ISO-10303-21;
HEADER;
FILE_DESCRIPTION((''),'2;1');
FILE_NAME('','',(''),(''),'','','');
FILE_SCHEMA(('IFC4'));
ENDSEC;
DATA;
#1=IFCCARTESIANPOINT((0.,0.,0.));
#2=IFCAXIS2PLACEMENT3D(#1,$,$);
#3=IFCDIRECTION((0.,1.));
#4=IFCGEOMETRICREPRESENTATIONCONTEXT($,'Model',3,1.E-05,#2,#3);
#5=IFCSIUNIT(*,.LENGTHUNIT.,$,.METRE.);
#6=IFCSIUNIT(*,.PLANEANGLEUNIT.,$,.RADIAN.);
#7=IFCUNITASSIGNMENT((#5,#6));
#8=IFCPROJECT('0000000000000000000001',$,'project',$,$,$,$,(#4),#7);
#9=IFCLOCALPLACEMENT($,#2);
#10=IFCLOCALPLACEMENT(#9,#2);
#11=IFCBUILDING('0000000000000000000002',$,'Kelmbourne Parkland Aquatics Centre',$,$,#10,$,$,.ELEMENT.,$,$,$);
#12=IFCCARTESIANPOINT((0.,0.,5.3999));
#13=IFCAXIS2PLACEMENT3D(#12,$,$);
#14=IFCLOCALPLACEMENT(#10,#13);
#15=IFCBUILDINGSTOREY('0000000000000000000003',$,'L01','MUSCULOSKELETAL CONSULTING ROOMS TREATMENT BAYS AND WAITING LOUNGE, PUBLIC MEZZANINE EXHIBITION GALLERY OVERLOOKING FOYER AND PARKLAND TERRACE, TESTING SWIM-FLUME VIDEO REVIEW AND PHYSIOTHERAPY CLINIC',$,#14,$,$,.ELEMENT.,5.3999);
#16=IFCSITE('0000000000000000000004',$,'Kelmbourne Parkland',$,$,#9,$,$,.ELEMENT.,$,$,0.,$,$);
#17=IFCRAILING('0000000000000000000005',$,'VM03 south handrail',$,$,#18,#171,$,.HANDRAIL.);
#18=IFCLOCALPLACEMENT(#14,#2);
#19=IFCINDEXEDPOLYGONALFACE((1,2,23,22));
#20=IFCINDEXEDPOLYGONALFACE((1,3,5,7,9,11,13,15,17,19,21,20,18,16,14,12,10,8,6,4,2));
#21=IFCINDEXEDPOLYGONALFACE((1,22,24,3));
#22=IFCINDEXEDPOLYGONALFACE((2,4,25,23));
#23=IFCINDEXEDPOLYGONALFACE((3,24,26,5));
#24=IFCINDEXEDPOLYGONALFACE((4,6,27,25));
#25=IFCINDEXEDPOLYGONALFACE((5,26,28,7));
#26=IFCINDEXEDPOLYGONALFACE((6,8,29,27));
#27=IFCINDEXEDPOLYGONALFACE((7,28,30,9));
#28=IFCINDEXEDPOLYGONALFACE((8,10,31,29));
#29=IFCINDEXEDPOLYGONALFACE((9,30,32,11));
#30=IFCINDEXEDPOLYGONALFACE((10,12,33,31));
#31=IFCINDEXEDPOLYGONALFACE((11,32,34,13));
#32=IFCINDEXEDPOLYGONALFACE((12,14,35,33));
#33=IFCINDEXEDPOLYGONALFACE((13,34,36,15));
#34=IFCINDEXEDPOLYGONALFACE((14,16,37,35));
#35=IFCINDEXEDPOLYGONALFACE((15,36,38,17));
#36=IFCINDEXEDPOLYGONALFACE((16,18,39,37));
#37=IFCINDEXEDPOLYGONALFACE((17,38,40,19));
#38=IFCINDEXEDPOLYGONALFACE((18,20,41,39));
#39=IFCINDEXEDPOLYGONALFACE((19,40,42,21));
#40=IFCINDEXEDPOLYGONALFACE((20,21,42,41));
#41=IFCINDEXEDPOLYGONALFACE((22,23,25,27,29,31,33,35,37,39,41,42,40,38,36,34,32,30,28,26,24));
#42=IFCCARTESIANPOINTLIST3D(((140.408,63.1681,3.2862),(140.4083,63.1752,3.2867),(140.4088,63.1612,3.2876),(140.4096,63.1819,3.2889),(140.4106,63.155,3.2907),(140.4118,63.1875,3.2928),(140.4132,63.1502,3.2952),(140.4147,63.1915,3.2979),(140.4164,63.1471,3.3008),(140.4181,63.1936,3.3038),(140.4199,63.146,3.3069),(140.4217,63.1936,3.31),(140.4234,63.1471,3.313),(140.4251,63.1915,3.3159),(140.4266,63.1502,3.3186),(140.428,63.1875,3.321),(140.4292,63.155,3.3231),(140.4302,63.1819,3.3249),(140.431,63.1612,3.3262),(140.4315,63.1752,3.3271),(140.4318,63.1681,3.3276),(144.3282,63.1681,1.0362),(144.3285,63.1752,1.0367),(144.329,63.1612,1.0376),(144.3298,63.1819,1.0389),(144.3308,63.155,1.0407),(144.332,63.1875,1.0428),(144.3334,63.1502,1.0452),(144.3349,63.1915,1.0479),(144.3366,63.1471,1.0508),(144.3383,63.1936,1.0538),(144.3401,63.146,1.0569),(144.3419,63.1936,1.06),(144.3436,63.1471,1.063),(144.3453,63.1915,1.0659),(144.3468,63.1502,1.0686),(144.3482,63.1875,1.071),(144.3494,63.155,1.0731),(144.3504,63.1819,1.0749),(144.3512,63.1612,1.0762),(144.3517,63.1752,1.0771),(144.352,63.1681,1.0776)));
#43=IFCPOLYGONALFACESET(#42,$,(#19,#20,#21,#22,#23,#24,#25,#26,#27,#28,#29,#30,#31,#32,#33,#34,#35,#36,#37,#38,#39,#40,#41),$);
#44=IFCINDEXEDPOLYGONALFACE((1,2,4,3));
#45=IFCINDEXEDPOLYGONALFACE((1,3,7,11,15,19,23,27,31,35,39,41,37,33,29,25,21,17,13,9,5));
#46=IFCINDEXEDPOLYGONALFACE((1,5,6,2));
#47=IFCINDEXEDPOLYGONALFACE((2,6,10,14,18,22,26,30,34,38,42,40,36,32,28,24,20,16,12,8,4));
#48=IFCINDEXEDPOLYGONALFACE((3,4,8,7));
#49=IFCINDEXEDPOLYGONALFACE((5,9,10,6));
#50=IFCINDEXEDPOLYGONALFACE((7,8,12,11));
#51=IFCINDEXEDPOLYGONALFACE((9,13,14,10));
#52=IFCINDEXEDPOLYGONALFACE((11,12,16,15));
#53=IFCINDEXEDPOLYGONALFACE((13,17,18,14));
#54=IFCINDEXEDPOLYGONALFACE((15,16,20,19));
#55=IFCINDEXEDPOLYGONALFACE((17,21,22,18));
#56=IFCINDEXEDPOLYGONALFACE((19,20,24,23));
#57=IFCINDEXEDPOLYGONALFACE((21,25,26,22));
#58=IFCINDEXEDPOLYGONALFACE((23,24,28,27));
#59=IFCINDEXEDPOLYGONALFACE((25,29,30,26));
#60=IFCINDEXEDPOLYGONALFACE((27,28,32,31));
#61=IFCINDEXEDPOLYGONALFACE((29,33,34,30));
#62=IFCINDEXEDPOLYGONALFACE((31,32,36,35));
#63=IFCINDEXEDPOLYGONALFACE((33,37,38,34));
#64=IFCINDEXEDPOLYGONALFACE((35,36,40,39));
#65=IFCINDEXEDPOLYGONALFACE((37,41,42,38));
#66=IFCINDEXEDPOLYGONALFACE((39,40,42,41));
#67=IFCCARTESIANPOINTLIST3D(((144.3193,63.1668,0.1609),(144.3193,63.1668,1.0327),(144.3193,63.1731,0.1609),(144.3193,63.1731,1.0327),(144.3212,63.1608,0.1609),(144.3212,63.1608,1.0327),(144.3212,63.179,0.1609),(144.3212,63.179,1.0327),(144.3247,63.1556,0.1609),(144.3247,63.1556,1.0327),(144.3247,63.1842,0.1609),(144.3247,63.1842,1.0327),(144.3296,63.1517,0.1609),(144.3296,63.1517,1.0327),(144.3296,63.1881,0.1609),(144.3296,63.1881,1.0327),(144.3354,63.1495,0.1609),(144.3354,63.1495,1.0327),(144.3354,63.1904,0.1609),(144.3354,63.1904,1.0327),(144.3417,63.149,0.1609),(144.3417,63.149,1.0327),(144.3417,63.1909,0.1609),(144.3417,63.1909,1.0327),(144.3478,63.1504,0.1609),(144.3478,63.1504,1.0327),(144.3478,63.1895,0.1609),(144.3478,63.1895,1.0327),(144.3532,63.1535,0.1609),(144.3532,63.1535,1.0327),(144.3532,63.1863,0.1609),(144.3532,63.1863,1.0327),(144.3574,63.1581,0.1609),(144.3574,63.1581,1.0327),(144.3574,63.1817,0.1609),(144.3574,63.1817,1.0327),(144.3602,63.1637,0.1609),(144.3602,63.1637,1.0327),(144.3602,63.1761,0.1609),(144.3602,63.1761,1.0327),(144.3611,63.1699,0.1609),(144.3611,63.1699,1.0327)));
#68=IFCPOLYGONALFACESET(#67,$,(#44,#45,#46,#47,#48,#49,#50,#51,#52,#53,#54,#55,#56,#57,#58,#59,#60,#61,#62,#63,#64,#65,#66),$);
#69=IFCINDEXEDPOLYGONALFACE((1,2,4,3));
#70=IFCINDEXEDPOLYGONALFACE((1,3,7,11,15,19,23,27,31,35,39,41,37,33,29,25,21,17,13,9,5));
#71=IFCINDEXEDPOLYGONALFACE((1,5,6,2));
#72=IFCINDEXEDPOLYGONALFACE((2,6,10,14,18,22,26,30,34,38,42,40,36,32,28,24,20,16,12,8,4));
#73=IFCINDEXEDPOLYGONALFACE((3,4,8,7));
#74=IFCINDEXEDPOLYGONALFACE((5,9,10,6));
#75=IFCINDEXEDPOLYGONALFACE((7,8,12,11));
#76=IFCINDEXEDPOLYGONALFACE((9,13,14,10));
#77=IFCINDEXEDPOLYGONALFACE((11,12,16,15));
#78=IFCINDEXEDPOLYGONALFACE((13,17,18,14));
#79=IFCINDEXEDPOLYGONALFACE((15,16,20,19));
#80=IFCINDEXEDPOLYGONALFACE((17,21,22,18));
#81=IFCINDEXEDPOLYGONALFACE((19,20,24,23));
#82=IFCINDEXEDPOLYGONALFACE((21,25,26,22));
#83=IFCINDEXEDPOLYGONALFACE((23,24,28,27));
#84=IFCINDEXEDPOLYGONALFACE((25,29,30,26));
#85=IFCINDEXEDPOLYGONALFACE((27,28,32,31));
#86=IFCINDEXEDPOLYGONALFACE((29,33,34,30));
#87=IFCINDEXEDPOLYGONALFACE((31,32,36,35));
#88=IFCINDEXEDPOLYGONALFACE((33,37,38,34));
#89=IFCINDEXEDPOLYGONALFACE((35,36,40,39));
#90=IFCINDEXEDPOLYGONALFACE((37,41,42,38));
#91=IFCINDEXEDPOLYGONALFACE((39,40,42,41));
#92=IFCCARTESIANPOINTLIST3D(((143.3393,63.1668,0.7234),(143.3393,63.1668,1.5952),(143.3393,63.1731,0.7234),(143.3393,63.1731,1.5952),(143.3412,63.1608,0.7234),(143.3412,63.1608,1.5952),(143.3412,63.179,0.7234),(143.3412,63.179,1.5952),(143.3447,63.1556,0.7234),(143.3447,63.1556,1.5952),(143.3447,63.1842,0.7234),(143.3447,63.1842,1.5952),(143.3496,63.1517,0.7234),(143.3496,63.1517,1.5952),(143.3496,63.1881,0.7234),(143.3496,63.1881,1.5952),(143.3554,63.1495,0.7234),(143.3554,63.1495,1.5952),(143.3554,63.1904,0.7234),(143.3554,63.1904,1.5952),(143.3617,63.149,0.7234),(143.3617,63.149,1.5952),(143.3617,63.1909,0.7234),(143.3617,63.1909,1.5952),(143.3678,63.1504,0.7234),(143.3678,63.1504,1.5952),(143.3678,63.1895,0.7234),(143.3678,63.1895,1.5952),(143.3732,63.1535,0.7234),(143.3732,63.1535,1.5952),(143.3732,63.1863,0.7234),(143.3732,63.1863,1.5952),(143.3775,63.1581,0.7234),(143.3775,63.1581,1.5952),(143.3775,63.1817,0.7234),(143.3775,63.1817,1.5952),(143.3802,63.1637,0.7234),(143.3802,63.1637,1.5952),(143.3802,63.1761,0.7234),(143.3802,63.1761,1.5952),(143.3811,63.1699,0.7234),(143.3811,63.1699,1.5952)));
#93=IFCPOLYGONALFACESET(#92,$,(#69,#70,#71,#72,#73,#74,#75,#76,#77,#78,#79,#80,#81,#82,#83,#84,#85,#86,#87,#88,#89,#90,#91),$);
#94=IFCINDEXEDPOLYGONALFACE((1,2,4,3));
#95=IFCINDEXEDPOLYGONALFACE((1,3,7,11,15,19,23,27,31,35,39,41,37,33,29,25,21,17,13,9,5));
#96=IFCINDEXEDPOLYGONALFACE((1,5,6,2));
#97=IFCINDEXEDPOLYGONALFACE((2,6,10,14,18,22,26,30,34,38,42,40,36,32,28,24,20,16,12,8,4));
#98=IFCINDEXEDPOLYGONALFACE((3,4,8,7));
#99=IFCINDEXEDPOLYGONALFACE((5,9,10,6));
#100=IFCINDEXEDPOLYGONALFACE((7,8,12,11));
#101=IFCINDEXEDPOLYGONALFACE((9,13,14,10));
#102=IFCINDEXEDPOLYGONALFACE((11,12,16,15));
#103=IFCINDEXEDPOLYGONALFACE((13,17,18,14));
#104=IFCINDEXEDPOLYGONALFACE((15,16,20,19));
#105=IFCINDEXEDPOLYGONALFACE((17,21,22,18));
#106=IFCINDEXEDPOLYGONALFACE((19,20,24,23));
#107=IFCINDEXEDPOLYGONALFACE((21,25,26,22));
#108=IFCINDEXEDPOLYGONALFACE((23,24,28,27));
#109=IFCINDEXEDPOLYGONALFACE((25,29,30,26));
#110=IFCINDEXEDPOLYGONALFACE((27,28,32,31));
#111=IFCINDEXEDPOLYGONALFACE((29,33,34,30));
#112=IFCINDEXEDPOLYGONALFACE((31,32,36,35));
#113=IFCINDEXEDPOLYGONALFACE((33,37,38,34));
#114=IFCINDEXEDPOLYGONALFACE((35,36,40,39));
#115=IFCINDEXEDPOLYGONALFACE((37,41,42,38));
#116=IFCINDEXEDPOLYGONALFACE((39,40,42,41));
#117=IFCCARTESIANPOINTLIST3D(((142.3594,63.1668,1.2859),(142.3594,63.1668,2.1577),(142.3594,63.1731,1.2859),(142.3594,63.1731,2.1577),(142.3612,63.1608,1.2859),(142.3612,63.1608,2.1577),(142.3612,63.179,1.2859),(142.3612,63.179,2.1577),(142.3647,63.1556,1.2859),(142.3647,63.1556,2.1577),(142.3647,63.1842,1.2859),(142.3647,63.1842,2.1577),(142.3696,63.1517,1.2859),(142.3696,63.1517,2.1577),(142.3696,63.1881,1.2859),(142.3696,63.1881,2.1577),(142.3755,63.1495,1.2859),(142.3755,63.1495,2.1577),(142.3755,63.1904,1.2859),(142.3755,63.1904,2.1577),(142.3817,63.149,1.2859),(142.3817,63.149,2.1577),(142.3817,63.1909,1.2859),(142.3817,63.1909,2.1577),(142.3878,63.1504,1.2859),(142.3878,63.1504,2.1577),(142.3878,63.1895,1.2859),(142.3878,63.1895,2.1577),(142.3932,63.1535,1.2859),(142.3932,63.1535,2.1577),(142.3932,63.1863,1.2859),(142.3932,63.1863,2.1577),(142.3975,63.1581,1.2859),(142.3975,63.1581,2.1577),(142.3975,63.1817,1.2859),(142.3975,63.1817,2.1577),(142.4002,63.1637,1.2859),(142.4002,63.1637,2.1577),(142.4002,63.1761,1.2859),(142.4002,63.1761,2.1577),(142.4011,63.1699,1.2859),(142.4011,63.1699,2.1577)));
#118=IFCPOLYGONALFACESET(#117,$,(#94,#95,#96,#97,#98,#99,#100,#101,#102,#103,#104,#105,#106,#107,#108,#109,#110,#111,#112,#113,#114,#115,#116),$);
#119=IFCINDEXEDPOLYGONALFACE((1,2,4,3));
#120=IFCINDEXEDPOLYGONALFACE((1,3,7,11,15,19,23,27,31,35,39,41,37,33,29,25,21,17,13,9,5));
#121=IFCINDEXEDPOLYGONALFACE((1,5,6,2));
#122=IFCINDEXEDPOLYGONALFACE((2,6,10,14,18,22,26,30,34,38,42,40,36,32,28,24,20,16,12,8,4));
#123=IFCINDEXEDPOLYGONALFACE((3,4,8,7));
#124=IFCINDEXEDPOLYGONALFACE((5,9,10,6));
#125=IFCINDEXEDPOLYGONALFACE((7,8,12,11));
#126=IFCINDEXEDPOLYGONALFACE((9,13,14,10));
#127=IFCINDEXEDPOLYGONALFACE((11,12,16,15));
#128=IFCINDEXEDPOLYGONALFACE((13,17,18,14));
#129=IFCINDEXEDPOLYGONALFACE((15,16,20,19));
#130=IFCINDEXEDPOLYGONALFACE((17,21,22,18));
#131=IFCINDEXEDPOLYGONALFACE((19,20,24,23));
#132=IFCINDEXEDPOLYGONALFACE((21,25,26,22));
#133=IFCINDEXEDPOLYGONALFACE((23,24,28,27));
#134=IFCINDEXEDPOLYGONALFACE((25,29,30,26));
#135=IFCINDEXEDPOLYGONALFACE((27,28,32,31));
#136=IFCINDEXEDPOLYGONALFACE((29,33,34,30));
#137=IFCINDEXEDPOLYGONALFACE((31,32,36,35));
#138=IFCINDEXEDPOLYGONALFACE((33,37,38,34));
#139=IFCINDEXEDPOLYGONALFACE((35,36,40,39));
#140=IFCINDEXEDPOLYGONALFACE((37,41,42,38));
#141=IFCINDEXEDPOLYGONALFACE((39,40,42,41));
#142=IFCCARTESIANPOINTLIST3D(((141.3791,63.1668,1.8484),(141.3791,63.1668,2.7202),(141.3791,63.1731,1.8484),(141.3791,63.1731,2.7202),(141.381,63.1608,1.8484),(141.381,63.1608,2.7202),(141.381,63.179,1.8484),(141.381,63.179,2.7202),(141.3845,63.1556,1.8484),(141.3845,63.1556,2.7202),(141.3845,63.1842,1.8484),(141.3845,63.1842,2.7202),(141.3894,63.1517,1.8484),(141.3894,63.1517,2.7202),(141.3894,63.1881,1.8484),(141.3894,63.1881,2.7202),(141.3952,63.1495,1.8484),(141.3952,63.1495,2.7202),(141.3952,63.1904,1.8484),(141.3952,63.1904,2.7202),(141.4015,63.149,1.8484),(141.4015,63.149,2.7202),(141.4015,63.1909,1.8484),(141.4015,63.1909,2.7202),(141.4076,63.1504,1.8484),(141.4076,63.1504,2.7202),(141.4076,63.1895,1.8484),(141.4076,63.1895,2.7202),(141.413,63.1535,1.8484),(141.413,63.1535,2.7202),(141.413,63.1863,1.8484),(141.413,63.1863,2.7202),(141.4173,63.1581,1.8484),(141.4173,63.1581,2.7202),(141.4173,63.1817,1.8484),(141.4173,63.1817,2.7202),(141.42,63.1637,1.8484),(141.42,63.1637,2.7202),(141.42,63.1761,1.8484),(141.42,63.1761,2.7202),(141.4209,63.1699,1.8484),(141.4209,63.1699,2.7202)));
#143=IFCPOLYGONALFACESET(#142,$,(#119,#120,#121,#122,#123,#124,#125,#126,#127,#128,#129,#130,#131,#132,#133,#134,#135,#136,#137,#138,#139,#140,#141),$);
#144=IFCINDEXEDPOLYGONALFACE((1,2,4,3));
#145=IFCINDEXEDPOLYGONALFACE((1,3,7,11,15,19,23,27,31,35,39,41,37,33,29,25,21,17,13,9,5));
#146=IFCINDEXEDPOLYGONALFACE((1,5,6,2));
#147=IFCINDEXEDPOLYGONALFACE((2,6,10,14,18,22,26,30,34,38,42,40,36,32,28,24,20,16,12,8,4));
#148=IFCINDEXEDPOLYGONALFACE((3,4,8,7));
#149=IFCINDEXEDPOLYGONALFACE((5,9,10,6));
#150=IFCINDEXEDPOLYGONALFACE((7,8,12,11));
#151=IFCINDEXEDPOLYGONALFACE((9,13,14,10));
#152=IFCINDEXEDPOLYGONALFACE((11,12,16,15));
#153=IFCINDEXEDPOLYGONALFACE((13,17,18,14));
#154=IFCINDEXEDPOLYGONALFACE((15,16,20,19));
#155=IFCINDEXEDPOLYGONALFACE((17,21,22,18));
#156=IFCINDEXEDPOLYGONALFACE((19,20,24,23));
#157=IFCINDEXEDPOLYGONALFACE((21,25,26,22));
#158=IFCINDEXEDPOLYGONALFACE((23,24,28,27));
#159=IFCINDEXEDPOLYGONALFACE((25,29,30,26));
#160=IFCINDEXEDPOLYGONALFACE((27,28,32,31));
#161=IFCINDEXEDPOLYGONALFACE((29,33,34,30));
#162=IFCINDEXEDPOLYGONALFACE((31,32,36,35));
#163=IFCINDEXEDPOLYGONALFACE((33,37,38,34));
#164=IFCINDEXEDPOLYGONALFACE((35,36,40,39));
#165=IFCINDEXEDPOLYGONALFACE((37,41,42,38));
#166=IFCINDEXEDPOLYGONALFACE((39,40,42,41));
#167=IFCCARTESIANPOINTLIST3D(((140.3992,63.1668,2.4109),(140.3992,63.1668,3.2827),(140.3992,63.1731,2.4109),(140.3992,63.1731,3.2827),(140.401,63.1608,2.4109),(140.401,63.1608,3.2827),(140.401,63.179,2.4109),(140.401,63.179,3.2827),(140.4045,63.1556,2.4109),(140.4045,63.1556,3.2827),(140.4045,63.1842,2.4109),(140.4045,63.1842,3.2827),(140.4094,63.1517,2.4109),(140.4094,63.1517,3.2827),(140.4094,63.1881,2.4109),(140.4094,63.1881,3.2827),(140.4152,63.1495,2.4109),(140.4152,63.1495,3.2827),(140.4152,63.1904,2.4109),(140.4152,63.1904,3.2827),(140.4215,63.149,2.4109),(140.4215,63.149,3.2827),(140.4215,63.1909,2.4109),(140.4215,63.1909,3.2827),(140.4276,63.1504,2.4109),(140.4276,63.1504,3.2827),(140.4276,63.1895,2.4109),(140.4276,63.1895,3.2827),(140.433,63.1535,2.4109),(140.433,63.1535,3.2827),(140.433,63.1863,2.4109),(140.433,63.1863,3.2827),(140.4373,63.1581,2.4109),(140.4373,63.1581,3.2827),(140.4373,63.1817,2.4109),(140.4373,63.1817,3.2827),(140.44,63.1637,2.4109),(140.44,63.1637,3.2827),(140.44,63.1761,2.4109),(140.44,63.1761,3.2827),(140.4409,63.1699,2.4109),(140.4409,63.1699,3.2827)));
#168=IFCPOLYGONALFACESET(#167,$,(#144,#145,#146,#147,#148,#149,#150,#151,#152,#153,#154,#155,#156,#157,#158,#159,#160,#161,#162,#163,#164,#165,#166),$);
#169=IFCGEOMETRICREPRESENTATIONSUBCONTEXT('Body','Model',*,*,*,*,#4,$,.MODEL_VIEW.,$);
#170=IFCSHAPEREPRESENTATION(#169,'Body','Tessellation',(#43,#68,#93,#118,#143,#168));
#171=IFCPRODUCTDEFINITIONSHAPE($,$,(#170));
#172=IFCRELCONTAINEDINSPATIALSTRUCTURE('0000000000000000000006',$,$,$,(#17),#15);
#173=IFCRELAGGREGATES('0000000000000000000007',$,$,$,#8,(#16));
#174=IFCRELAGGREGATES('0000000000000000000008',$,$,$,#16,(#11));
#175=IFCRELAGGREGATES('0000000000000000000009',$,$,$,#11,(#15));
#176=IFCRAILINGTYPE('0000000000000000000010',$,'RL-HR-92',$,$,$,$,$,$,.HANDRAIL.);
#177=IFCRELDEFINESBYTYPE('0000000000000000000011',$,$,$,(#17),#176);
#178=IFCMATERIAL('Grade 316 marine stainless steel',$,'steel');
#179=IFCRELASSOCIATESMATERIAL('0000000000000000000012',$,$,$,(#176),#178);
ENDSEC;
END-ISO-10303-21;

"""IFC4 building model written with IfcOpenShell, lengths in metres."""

from ifc_helpers import new_model, si_unit, direction, frame, origin, origin_2d, place, context, subcontext, project, spatial, circle, extrude, material, type_object, element, save


model = new_model("IFC4")

# Units and contexts
model_context = context("Model", 3, precision=1e-05, world=origin(), true_north=direction((0.0, 1.0)))
body_context = subcontext(model_context, "Body", "Model", "MODEL_VIEW")
ifc_project = project(units=[si_unit("LENGTHUNIT", "METRE"), si_unit("PLANEANGLEUNIT", "RADIAN")], contexts=[model_context])

# Site, building, storey
site_placement = place(None, origin())
site = spatial("IfcSite", under=ifc_project, at=site_placement, Name="Kelmbourne Parkland", CompositionType="ELEMENT", RefElevation=0.0)
building_placement = place(site_placement, origin())
building = spatial("IfcBuilding", under=site, at=building_placement, Name="Kelmbourne Parkland Aquatics Centre", CompositionType="ELEMENT")
storey_placement = place(building_placement, frame((0.0, 0.0, 5.3999)))
storey = spatial("IfcBuildingStorey", under=building, at=storey_placement, Name="L01", Description="MUSCULOSKELETAL CONSULTING ROOMS TREATMENT BAYS AND WAITING LOUNGE, PUBLIC MEZZANINE EXHIBITION GALLERY OVERLOOKING FOYER AND PARKLAND TERRACE, TESTING SWIM-FLUME VIDEO REVIEW AND PHYSIOTHERAPY CLINIC", CompositionType="ELEMENT", Elevation=5.3999)

# Railing
ifc_material_1 = material(Name="Grade 316 marine stainless steel", Category="steel")
railing_type_1 = type_object("IfcRailingType", Name="RL-HR-92", PredefinedType="HANDRAIL", material=ifc_material_1)
for number, where, name in (
    (1, (144.3401, 63.1699, 0.1609), "VM03 south handrail"),
):
    element("IfcRailing", number, at=place(storey_placement, frame(where)), inside=storey, type_object=railing_type_1, Name=name, PredefinedType="HANDRAIL", context=body_context, shape_type="SweptSolid", body=[
        extrude(circle(Radius=0.0239, at=origin_2d()), frame((0.0, 0.0, 0.896), z_axis=(-0.867298, 0.0, 0.49779), x_axis=(0.0, -1.0, 0.0)), (0.0, 0.0, 1.0), 4.52),
        extrude(circle(Radius=0.021, at=origin_2d()), origin(), (0.0, 0.0, 1.0), 0.8718),
        extrude(circle(Radius=0.021, at=origin_2d()), frame((-0.98, 0.0, 0.5625)), (0.0, 0.0, 1.0), 0.8718),
        extrude(circle(Radius=0.021, at=origin_2d()), frame((-1.96, 0.0, 1.125)), (0.0, 0.0, 1.0), 0.8718),
        extrude(circle(Radius=0.021, at=origin_2d()), frame((-2.9402, 0.0, 1.6875)), (0.0, 0.0, 1.0), 0.8718),
        extrude(circle(Radius=0.021, at=origin_2d()), frame((-3.9202, 0.0, 2.25)), (0.0, 0.0, 1.0), 0.8718),
    ])

save(model, "model.ifc")
